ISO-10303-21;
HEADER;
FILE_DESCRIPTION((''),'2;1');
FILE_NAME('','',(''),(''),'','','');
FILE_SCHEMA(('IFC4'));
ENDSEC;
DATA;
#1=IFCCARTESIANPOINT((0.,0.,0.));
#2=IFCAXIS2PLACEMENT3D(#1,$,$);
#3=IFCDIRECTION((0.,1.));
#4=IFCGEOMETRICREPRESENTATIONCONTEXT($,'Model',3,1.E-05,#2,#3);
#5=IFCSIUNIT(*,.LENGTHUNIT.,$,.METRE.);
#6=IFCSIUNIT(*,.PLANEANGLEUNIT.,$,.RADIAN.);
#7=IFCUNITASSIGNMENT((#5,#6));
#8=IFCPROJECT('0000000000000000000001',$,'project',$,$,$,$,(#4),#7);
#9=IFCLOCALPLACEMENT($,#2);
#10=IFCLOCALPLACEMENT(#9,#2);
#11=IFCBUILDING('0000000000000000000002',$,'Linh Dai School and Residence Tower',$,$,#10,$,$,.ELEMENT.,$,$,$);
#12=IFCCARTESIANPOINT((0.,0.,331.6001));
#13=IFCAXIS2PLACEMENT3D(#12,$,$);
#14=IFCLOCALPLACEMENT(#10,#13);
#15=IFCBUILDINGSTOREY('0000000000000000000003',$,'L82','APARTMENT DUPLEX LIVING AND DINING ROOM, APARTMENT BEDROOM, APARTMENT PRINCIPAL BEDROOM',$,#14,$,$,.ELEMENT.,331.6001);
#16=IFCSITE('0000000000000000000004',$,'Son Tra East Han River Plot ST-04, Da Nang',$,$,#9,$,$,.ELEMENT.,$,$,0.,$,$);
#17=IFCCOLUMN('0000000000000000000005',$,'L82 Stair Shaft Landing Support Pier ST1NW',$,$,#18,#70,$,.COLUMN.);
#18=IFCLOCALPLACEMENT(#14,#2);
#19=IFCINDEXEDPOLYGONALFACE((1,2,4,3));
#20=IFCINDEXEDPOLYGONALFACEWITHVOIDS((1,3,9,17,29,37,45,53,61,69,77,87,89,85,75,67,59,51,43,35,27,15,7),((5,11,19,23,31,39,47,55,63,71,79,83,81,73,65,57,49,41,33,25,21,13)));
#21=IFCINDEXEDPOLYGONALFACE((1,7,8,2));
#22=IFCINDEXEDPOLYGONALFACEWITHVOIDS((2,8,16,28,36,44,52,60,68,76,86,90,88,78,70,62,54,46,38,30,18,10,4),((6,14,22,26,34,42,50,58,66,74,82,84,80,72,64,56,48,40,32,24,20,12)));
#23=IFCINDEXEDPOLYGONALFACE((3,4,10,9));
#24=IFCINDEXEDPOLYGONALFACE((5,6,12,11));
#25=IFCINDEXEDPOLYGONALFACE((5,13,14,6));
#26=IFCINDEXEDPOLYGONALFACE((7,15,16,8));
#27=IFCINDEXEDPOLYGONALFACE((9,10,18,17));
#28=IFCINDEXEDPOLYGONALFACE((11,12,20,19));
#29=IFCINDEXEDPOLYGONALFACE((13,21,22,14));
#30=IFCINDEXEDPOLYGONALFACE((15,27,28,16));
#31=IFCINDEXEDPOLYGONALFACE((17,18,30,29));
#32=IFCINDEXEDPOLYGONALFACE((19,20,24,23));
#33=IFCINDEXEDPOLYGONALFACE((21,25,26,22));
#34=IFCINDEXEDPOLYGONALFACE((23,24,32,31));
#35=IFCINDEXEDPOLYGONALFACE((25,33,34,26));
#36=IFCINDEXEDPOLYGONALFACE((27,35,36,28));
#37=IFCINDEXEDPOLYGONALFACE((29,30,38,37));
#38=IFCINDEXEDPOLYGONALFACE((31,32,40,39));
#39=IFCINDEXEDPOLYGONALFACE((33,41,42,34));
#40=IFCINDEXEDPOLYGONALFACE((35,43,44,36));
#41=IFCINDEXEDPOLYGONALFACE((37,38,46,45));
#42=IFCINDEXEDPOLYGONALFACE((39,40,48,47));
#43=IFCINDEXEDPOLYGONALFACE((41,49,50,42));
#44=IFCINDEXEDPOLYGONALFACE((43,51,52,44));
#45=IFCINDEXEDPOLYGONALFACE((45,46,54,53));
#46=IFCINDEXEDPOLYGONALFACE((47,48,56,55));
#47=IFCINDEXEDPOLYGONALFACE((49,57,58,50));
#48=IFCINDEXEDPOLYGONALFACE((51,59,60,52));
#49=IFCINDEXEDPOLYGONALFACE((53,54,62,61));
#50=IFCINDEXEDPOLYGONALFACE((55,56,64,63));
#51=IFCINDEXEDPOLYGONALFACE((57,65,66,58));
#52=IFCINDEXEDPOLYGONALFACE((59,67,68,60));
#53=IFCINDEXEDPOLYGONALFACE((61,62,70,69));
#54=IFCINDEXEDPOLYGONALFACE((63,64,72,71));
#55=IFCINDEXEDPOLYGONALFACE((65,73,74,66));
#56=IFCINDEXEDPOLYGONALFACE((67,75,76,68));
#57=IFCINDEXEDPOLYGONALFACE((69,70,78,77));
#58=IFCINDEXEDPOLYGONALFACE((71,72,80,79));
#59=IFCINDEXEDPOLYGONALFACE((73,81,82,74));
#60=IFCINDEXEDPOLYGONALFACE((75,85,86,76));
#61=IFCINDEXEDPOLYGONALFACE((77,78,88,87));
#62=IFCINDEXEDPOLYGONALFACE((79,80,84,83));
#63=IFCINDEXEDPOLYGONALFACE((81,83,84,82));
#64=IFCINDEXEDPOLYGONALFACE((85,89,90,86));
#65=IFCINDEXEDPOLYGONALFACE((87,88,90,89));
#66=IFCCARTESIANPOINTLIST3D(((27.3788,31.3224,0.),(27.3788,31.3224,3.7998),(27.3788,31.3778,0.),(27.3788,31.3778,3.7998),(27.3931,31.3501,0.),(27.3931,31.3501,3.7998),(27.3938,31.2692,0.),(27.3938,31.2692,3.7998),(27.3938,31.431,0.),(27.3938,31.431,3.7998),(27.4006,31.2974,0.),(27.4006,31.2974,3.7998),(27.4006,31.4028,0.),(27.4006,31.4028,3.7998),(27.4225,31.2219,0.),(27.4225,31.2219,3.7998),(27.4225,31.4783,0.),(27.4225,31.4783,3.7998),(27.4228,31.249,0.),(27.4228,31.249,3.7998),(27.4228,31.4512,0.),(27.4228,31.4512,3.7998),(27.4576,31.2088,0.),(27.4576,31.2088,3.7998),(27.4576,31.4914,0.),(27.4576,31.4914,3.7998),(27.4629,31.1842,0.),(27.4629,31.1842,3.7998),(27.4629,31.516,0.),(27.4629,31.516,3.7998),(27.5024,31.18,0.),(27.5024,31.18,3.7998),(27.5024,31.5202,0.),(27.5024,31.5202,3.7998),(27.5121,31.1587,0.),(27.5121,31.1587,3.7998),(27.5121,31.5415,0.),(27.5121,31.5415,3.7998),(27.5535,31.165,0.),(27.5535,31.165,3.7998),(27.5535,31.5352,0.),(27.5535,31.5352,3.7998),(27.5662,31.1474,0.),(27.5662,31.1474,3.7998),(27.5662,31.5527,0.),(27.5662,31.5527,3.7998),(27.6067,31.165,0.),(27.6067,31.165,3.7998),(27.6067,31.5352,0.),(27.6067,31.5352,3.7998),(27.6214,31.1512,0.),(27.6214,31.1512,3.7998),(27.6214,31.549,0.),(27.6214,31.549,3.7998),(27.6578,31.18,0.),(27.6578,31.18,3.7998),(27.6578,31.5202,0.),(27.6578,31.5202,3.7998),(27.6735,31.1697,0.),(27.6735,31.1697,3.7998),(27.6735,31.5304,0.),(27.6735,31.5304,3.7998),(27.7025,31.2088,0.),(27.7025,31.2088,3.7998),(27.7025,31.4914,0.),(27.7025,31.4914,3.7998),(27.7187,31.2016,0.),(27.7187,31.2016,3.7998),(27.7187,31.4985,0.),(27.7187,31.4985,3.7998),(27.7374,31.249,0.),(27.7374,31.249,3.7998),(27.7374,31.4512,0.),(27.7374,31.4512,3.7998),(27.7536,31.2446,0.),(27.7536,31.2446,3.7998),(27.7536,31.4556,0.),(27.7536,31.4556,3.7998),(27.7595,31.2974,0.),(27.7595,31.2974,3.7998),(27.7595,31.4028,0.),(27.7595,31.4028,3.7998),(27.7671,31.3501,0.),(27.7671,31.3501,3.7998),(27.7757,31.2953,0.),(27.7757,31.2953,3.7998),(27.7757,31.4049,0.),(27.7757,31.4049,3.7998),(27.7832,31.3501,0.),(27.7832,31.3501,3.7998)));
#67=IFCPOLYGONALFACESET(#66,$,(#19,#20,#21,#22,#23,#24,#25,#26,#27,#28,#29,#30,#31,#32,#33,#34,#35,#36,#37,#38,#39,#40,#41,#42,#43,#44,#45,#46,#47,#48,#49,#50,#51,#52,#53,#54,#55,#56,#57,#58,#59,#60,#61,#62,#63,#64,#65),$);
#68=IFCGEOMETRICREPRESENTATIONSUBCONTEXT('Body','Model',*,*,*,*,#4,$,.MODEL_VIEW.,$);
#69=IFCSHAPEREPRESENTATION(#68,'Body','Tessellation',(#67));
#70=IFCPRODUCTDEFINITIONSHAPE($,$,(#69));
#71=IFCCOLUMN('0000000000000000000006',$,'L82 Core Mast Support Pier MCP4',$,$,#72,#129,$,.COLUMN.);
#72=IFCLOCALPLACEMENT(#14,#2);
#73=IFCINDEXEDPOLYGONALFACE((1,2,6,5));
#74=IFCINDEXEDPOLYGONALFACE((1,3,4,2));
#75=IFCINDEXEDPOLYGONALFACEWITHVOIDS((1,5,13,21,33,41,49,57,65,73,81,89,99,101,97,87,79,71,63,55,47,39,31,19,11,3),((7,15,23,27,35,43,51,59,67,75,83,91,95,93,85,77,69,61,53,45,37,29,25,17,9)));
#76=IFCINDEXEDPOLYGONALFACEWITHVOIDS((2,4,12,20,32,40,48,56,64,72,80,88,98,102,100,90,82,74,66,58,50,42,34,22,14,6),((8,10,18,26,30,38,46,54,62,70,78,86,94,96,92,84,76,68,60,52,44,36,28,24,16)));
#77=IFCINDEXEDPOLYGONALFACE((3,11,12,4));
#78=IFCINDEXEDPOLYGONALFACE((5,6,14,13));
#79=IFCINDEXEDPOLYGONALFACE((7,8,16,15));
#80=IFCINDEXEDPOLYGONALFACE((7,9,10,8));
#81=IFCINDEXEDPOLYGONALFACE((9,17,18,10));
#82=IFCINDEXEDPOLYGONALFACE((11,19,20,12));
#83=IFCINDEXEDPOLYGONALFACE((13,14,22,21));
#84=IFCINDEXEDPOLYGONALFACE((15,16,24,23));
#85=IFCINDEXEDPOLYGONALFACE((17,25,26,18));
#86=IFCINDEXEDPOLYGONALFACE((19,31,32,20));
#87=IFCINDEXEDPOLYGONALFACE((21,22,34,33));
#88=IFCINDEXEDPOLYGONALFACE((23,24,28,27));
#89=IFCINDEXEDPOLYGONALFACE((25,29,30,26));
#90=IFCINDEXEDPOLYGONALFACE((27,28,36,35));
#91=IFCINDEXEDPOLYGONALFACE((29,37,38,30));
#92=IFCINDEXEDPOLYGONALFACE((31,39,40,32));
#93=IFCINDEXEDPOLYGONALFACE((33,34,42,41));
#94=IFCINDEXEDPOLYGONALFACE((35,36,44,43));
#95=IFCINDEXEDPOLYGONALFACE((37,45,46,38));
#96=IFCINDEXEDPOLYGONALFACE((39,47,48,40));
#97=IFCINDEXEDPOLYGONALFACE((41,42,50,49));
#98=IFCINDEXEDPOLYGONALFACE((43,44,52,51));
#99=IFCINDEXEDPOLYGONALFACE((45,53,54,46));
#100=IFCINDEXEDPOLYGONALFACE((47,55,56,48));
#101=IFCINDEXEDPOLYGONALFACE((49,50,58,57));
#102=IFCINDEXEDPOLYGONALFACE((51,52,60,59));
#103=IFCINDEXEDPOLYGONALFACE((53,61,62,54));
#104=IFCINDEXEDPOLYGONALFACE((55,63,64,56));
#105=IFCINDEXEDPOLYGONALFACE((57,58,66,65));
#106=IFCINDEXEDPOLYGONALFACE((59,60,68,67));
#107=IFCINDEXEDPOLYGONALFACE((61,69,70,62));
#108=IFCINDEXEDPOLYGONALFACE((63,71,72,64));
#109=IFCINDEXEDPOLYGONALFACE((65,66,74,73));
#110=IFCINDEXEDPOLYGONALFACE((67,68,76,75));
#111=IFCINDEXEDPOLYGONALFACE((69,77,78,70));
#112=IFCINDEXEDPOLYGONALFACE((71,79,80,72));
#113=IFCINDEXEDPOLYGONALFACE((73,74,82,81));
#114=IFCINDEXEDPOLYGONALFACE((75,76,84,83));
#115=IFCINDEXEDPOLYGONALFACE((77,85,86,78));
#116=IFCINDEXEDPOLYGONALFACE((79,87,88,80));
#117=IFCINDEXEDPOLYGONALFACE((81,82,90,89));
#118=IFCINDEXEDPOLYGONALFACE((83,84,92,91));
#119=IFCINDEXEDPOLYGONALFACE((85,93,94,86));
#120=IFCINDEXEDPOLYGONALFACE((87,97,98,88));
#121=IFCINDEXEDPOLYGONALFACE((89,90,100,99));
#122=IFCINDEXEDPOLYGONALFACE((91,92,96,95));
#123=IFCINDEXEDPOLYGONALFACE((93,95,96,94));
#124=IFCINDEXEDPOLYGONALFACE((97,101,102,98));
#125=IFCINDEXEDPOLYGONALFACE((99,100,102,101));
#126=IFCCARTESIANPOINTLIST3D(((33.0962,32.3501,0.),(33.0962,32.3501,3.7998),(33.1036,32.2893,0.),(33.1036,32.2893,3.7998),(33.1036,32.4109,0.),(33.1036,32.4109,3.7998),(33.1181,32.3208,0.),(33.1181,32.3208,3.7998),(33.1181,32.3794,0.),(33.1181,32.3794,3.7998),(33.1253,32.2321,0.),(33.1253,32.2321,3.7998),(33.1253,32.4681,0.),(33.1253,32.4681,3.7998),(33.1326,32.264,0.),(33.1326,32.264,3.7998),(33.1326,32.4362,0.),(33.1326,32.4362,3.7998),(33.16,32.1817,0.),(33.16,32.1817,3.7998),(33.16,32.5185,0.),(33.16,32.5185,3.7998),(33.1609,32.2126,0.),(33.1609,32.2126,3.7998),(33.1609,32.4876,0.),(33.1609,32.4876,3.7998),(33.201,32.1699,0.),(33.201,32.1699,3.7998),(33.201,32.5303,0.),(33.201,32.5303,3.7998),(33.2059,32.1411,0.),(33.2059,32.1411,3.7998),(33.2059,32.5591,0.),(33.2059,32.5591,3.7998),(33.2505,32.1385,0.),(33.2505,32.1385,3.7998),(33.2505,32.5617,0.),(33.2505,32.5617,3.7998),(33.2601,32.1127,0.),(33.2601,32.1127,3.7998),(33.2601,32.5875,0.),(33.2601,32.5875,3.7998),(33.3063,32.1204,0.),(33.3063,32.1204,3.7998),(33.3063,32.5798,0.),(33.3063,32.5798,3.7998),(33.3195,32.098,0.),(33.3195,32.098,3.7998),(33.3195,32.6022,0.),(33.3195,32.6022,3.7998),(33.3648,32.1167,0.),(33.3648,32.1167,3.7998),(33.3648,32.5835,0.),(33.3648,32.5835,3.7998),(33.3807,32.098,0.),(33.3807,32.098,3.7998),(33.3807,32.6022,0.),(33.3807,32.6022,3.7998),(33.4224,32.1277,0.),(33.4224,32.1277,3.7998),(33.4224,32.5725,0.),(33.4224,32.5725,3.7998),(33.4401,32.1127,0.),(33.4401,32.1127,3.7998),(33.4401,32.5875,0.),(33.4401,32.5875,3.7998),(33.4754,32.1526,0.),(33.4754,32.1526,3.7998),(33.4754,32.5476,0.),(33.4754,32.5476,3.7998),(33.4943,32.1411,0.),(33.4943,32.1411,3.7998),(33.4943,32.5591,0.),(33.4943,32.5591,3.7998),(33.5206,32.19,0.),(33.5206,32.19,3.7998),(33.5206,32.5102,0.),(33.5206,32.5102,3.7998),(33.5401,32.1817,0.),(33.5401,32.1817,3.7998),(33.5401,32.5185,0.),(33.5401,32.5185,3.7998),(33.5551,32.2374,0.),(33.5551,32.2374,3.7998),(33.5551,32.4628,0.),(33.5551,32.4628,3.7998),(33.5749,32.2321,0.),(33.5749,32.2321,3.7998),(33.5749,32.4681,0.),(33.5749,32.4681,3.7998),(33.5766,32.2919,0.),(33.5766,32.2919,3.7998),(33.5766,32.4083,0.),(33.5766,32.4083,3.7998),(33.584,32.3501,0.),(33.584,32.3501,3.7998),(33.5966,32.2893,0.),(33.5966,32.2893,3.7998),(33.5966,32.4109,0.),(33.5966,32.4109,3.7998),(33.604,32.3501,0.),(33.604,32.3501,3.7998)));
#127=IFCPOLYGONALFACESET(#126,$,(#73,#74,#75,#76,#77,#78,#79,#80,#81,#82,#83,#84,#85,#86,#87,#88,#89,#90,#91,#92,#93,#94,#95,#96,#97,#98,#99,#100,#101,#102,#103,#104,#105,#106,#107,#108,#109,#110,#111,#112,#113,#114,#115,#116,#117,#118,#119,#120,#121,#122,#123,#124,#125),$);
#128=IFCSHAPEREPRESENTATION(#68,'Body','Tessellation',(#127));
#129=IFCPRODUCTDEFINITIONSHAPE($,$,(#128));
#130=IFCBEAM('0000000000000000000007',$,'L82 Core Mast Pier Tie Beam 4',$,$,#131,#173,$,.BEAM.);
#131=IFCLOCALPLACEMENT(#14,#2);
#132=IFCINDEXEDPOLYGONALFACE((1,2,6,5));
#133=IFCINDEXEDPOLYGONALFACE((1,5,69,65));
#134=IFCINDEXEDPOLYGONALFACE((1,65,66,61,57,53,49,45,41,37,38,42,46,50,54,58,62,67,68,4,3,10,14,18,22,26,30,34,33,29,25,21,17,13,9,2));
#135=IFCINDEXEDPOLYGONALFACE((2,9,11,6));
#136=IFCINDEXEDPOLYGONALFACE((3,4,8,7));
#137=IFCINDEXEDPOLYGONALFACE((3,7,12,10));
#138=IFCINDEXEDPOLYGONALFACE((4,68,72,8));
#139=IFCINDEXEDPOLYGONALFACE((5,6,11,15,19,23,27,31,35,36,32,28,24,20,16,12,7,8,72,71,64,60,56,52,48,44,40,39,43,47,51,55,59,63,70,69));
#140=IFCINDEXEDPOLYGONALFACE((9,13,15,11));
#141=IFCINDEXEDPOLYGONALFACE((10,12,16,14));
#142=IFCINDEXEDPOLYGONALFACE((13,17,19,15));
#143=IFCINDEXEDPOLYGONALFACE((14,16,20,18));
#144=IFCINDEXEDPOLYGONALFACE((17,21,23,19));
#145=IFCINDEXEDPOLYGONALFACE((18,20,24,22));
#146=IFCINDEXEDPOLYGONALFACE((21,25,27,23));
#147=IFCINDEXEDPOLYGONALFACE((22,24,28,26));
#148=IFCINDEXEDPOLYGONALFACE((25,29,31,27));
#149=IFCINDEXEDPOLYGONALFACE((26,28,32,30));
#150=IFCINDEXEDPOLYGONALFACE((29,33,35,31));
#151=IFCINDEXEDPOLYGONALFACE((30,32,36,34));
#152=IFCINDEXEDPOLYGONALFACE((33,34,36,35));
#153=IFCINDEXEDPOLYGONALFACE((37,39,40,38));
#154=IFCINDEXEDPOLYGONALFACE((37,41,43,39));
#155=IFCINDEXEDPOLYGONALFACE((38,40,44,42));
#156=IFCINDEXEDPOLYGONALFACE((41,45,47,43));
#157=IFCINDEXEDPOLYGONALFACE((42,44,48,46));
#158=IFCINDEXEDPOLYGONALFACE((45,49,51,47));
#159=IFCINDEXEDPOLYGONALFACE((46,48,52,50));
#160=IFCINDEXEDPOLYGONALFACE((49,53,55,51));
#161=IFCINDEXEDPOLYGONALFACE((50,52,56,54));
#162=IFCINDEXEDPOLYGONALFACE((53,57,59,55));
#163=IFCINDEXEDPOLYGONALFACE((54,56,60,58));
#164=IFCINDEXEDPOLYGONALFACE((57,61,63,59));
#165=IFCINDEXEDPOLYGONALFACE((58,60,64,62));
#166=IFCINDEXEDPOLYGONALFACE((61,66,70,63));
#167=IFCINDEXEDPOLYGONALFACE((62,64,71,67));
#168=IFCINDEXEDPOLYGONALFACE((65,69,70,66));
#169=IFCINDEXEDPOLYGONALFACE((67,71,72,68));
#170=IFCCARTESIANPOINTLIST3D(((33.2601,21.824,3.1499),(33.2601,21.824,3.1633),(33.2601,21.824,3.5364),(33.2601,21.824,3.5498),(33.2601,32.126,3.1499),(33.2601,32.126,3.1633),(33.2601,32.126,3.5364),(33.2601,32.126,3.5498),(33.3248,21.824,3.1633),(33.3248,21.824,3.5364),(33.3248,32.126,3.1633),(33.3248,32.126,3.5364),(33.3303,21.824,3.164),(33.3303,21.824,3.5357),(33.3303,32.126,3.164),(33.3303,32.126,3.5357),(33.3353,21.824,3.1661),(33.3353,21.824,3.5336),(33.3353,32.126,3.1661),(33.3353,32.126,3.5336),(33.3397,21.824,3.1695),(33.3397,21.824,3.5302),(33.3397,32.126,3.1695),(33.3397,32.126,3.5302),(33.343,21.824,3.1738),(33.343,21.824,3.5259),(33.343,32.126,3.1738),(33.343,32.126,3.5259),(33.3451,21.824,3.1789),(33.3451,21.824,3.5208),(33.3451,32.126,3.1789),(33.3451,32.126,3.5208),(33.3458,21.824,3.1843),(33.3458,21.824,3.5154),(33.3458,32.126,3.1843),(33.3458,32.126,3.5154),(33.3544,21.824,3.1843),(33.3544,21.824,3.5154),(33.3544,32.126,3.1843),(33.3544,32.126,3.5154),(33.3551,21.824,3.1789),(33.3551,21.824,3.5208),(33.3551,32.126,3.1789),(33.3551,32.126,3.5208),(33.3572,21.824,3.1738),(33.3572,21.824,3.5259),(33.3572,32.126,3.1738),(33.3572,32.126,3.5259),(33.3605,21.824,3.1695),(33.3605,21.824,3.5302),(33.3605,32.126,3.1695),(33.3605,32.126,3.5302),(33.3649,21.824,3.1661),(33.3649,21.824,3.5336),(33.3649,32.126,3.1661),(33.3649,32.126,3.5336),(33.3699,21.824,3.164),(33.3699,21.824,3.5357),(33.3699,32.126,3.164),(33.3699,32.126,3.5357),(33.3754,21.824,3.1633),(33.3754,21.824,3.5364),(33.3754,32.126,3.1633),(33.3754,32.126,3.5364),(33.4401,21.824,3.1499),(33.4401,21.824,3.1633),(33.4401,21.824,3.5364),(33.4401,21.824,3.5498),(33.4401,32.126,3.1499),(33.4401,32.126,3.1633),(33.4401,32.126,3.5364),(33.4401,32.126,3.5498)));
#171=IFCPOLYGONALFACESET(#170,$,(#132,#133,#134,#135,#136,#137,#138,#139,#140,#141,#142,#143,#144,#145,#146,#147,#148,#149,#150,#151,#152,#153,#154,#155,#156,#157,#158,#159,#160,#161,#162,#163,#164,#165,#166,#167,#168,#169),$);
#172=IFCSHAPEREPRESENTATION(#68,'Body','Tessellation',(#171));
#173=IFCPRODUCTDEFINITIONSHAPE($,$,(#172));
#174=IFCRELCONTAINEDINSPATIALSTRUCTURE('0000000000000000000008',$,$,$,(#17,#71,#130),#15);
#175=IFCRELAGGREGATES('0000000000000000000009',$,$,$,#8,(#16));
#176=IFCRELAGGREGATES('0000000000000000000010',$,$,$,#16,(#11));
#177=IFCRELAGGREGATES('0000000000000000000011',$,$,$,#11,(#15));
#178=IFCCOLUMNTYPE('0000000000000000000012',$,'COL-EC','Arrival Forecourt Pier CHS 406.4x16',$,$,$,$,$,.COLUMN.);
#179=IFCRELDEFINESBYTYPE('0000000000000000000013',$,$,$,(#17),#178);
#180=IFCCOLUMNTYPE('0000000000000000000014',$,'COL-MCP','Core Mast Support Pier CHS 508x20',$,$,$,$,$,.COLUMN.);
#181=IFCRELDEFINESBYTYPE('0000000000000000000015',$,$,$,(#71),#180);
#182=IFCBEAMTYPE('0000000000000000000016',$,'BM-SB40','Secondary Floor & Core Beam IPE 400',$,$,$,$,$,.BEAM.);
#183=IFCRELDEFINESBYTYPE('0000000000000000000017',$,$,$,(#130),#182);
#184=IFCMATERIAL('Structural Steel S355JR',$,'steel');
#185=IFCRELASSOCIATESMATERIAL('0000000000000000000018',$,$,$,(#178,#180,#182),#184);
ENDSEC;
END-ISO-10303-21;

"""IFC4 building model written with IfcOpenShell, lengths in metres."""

from ifc_helpers import new_model, si_unit, direction, frame, origin, origin_2d, place, context, subcontext, project, spatial, hollow_circle, i_section, extrude, material, material_profile, profile_set, type_object, element, save


model = new_model("IFC4")

# Units and contexts
model_context = context("Model", 3, precision=1e-05, world=origin(), true_north=direction((0.0, 1.0)))
body_context = subcontext(model_context, "Body", "Model", "MODEL_VIEW")
ifc_project = project(units=[si_unit("LENGTHUNIT", "METRE"), si_unit("PLANEANGLEUNIT", "RADIAN")], contexts=[model_context])

# Site, building, storey
site_placement = place(None, origin())
site = spatial("IfcSite", under=ifc_project, at=site_placement, Name="Son Tra East Han River Plot ST-04, Da Nang", CompositionType="ELEMENT", RefElevation=0.0)
building_placement = place(site_placement, origin())
building = spatial("IfcBuilding", under=site, at=building_placement, Name="Linh Dai School and Residence Tower", CompositionType="ELEMENT")
storey_placement = place(building_placement, frame((0.0, 0.0, 331.6001)))
storey = spatial("IfcBuildingStorey", under=building, at=storey_placement, Name="L82", Description="APARTMENT DUPLEX LIVING AND DINING ROOM, APARTMENT BEDROOM, APARTMENT PRINCIPAL BEDROOM", CompositionType="ELEMENT", Elevation=331.6001)

# Columns
ifc_material_1 = material(Name="Structural Steel S355JR", Category="steel")
ifc_material_profile_1 = material_profile(ifc_material_1, hollow_circle(Radius=0.2031, WallThickness=0.0161, at=origin_2d()), Name="CHS 406.4x16")
ifc_profile_set_1 = profile_set([ifc_material_profile_1], Name="Structural Steel S355JR")
column_type_1 = type_object("IfcColumnType", Name="COL-EC", Description="Arrival Forecourt Pier CHS 406.4x16", PredefinedType="COLUMN", material=ifc_profile_set_1)
column_1_placement = place(storey_placement, frame((27.5801, 31.3501, 0.0), z_axis=(0.0, 0.0, 1.0), x_axis=(1.0, 0.0, 0.0)))
element("IfcColumn", 1, at=column_1_placement, inside=storey, type_object=column_type_1, Name="L82 Stair Shaft Landing Support Pier ST1NW", PredefinedType="COLUMN", context=body_context, shape_type="SweptSolid", body=[
    extrude(hollow_circle(Radius=0.2031, WallThickness=0.0161, at=origin_2d()), origin(), (0.0, 0.0, 1.0), 3.7998),
])
ifc_material_profile_2 = material_profile(ifc_material_1, hollow_circle(Radius=0.2539, WallThickness=0.02, at=origin_2d()), Name="CHS 508x20")
ifc_profile_set_2 = profile_set([ifc_material_profile_2], Name="Structural Steel S355JR")
column_type_2 = type_object("IfcColumnType", Name="COL-MCP", Description="Core Mast Support Pier CHS 508x20", PredefinedType="COLUMN", material=ifc_profile_set_2)
column_2_placement = place(storey_placement, frame((33.3501, 32.3501, 0.0), z_axis=(0.0, 0.0, 1.0), x_axis=(1.0, 0.0, 0.0)))
element("IfcColumn", 2, at=column_2_placement, inside=storey, type_object=column_type_2, Name="L82 Core Mast Support Pier MCP4", PredefinedType="COLUMN", context=body_context, shape_type="SweptSolid", body=[
    extrude(hollow_circle(Radius=0.2539, WallThickness=0.02, at=origin_2d()), origin(), (0.0, 0.0, 1.0), 3.7998),
])

# Beam
ifc_material_profile_3 = material_profile(ifc_material_1, i_section(OverallWidth=0.1799, OverallDepth=0.3999, WebThickness=0.0085, FlangeThickness=0.0134, FilletRadius=0.021, at=origin_2d()), Name="IPE 400")
ifc_profile_set_3 = profile_set([ifc_material_profile_3], Name="Structural Steel S355JR")
beam_type = type_object("IfcBeamType", Name="BM-SB40", Description="Secondary Floor & Core Beam IPE 400", PredefinedType="BEAM", material=ifc_profile_set_3)
beam_placement = place(storey_placement, frame((33.3501, 32.126, 3.3499), z_axis=(0.0, -1.0, 0.0), x_axis=(1.0, 0.0, 0.0)))
element("IfcBeam", 3, at=beam_placement, inside=storey, type_object=beam_type, Name="L82 Core Mast Pier Tie Beam 4", PredefinedType="BEAM", context=body_context, shape_type="SweptSolid", body=[
    extrude(i_section(OverallWidth=0.1799, OverallDepth=0.3999, WebThickness=0.0085, FlangeThickness=0.0134, FilletRadius=0.021, at=origin_2d()), origin(), (0.0, 0.0, 1.0), 10.302),
])

save(model, "model.ifc")
